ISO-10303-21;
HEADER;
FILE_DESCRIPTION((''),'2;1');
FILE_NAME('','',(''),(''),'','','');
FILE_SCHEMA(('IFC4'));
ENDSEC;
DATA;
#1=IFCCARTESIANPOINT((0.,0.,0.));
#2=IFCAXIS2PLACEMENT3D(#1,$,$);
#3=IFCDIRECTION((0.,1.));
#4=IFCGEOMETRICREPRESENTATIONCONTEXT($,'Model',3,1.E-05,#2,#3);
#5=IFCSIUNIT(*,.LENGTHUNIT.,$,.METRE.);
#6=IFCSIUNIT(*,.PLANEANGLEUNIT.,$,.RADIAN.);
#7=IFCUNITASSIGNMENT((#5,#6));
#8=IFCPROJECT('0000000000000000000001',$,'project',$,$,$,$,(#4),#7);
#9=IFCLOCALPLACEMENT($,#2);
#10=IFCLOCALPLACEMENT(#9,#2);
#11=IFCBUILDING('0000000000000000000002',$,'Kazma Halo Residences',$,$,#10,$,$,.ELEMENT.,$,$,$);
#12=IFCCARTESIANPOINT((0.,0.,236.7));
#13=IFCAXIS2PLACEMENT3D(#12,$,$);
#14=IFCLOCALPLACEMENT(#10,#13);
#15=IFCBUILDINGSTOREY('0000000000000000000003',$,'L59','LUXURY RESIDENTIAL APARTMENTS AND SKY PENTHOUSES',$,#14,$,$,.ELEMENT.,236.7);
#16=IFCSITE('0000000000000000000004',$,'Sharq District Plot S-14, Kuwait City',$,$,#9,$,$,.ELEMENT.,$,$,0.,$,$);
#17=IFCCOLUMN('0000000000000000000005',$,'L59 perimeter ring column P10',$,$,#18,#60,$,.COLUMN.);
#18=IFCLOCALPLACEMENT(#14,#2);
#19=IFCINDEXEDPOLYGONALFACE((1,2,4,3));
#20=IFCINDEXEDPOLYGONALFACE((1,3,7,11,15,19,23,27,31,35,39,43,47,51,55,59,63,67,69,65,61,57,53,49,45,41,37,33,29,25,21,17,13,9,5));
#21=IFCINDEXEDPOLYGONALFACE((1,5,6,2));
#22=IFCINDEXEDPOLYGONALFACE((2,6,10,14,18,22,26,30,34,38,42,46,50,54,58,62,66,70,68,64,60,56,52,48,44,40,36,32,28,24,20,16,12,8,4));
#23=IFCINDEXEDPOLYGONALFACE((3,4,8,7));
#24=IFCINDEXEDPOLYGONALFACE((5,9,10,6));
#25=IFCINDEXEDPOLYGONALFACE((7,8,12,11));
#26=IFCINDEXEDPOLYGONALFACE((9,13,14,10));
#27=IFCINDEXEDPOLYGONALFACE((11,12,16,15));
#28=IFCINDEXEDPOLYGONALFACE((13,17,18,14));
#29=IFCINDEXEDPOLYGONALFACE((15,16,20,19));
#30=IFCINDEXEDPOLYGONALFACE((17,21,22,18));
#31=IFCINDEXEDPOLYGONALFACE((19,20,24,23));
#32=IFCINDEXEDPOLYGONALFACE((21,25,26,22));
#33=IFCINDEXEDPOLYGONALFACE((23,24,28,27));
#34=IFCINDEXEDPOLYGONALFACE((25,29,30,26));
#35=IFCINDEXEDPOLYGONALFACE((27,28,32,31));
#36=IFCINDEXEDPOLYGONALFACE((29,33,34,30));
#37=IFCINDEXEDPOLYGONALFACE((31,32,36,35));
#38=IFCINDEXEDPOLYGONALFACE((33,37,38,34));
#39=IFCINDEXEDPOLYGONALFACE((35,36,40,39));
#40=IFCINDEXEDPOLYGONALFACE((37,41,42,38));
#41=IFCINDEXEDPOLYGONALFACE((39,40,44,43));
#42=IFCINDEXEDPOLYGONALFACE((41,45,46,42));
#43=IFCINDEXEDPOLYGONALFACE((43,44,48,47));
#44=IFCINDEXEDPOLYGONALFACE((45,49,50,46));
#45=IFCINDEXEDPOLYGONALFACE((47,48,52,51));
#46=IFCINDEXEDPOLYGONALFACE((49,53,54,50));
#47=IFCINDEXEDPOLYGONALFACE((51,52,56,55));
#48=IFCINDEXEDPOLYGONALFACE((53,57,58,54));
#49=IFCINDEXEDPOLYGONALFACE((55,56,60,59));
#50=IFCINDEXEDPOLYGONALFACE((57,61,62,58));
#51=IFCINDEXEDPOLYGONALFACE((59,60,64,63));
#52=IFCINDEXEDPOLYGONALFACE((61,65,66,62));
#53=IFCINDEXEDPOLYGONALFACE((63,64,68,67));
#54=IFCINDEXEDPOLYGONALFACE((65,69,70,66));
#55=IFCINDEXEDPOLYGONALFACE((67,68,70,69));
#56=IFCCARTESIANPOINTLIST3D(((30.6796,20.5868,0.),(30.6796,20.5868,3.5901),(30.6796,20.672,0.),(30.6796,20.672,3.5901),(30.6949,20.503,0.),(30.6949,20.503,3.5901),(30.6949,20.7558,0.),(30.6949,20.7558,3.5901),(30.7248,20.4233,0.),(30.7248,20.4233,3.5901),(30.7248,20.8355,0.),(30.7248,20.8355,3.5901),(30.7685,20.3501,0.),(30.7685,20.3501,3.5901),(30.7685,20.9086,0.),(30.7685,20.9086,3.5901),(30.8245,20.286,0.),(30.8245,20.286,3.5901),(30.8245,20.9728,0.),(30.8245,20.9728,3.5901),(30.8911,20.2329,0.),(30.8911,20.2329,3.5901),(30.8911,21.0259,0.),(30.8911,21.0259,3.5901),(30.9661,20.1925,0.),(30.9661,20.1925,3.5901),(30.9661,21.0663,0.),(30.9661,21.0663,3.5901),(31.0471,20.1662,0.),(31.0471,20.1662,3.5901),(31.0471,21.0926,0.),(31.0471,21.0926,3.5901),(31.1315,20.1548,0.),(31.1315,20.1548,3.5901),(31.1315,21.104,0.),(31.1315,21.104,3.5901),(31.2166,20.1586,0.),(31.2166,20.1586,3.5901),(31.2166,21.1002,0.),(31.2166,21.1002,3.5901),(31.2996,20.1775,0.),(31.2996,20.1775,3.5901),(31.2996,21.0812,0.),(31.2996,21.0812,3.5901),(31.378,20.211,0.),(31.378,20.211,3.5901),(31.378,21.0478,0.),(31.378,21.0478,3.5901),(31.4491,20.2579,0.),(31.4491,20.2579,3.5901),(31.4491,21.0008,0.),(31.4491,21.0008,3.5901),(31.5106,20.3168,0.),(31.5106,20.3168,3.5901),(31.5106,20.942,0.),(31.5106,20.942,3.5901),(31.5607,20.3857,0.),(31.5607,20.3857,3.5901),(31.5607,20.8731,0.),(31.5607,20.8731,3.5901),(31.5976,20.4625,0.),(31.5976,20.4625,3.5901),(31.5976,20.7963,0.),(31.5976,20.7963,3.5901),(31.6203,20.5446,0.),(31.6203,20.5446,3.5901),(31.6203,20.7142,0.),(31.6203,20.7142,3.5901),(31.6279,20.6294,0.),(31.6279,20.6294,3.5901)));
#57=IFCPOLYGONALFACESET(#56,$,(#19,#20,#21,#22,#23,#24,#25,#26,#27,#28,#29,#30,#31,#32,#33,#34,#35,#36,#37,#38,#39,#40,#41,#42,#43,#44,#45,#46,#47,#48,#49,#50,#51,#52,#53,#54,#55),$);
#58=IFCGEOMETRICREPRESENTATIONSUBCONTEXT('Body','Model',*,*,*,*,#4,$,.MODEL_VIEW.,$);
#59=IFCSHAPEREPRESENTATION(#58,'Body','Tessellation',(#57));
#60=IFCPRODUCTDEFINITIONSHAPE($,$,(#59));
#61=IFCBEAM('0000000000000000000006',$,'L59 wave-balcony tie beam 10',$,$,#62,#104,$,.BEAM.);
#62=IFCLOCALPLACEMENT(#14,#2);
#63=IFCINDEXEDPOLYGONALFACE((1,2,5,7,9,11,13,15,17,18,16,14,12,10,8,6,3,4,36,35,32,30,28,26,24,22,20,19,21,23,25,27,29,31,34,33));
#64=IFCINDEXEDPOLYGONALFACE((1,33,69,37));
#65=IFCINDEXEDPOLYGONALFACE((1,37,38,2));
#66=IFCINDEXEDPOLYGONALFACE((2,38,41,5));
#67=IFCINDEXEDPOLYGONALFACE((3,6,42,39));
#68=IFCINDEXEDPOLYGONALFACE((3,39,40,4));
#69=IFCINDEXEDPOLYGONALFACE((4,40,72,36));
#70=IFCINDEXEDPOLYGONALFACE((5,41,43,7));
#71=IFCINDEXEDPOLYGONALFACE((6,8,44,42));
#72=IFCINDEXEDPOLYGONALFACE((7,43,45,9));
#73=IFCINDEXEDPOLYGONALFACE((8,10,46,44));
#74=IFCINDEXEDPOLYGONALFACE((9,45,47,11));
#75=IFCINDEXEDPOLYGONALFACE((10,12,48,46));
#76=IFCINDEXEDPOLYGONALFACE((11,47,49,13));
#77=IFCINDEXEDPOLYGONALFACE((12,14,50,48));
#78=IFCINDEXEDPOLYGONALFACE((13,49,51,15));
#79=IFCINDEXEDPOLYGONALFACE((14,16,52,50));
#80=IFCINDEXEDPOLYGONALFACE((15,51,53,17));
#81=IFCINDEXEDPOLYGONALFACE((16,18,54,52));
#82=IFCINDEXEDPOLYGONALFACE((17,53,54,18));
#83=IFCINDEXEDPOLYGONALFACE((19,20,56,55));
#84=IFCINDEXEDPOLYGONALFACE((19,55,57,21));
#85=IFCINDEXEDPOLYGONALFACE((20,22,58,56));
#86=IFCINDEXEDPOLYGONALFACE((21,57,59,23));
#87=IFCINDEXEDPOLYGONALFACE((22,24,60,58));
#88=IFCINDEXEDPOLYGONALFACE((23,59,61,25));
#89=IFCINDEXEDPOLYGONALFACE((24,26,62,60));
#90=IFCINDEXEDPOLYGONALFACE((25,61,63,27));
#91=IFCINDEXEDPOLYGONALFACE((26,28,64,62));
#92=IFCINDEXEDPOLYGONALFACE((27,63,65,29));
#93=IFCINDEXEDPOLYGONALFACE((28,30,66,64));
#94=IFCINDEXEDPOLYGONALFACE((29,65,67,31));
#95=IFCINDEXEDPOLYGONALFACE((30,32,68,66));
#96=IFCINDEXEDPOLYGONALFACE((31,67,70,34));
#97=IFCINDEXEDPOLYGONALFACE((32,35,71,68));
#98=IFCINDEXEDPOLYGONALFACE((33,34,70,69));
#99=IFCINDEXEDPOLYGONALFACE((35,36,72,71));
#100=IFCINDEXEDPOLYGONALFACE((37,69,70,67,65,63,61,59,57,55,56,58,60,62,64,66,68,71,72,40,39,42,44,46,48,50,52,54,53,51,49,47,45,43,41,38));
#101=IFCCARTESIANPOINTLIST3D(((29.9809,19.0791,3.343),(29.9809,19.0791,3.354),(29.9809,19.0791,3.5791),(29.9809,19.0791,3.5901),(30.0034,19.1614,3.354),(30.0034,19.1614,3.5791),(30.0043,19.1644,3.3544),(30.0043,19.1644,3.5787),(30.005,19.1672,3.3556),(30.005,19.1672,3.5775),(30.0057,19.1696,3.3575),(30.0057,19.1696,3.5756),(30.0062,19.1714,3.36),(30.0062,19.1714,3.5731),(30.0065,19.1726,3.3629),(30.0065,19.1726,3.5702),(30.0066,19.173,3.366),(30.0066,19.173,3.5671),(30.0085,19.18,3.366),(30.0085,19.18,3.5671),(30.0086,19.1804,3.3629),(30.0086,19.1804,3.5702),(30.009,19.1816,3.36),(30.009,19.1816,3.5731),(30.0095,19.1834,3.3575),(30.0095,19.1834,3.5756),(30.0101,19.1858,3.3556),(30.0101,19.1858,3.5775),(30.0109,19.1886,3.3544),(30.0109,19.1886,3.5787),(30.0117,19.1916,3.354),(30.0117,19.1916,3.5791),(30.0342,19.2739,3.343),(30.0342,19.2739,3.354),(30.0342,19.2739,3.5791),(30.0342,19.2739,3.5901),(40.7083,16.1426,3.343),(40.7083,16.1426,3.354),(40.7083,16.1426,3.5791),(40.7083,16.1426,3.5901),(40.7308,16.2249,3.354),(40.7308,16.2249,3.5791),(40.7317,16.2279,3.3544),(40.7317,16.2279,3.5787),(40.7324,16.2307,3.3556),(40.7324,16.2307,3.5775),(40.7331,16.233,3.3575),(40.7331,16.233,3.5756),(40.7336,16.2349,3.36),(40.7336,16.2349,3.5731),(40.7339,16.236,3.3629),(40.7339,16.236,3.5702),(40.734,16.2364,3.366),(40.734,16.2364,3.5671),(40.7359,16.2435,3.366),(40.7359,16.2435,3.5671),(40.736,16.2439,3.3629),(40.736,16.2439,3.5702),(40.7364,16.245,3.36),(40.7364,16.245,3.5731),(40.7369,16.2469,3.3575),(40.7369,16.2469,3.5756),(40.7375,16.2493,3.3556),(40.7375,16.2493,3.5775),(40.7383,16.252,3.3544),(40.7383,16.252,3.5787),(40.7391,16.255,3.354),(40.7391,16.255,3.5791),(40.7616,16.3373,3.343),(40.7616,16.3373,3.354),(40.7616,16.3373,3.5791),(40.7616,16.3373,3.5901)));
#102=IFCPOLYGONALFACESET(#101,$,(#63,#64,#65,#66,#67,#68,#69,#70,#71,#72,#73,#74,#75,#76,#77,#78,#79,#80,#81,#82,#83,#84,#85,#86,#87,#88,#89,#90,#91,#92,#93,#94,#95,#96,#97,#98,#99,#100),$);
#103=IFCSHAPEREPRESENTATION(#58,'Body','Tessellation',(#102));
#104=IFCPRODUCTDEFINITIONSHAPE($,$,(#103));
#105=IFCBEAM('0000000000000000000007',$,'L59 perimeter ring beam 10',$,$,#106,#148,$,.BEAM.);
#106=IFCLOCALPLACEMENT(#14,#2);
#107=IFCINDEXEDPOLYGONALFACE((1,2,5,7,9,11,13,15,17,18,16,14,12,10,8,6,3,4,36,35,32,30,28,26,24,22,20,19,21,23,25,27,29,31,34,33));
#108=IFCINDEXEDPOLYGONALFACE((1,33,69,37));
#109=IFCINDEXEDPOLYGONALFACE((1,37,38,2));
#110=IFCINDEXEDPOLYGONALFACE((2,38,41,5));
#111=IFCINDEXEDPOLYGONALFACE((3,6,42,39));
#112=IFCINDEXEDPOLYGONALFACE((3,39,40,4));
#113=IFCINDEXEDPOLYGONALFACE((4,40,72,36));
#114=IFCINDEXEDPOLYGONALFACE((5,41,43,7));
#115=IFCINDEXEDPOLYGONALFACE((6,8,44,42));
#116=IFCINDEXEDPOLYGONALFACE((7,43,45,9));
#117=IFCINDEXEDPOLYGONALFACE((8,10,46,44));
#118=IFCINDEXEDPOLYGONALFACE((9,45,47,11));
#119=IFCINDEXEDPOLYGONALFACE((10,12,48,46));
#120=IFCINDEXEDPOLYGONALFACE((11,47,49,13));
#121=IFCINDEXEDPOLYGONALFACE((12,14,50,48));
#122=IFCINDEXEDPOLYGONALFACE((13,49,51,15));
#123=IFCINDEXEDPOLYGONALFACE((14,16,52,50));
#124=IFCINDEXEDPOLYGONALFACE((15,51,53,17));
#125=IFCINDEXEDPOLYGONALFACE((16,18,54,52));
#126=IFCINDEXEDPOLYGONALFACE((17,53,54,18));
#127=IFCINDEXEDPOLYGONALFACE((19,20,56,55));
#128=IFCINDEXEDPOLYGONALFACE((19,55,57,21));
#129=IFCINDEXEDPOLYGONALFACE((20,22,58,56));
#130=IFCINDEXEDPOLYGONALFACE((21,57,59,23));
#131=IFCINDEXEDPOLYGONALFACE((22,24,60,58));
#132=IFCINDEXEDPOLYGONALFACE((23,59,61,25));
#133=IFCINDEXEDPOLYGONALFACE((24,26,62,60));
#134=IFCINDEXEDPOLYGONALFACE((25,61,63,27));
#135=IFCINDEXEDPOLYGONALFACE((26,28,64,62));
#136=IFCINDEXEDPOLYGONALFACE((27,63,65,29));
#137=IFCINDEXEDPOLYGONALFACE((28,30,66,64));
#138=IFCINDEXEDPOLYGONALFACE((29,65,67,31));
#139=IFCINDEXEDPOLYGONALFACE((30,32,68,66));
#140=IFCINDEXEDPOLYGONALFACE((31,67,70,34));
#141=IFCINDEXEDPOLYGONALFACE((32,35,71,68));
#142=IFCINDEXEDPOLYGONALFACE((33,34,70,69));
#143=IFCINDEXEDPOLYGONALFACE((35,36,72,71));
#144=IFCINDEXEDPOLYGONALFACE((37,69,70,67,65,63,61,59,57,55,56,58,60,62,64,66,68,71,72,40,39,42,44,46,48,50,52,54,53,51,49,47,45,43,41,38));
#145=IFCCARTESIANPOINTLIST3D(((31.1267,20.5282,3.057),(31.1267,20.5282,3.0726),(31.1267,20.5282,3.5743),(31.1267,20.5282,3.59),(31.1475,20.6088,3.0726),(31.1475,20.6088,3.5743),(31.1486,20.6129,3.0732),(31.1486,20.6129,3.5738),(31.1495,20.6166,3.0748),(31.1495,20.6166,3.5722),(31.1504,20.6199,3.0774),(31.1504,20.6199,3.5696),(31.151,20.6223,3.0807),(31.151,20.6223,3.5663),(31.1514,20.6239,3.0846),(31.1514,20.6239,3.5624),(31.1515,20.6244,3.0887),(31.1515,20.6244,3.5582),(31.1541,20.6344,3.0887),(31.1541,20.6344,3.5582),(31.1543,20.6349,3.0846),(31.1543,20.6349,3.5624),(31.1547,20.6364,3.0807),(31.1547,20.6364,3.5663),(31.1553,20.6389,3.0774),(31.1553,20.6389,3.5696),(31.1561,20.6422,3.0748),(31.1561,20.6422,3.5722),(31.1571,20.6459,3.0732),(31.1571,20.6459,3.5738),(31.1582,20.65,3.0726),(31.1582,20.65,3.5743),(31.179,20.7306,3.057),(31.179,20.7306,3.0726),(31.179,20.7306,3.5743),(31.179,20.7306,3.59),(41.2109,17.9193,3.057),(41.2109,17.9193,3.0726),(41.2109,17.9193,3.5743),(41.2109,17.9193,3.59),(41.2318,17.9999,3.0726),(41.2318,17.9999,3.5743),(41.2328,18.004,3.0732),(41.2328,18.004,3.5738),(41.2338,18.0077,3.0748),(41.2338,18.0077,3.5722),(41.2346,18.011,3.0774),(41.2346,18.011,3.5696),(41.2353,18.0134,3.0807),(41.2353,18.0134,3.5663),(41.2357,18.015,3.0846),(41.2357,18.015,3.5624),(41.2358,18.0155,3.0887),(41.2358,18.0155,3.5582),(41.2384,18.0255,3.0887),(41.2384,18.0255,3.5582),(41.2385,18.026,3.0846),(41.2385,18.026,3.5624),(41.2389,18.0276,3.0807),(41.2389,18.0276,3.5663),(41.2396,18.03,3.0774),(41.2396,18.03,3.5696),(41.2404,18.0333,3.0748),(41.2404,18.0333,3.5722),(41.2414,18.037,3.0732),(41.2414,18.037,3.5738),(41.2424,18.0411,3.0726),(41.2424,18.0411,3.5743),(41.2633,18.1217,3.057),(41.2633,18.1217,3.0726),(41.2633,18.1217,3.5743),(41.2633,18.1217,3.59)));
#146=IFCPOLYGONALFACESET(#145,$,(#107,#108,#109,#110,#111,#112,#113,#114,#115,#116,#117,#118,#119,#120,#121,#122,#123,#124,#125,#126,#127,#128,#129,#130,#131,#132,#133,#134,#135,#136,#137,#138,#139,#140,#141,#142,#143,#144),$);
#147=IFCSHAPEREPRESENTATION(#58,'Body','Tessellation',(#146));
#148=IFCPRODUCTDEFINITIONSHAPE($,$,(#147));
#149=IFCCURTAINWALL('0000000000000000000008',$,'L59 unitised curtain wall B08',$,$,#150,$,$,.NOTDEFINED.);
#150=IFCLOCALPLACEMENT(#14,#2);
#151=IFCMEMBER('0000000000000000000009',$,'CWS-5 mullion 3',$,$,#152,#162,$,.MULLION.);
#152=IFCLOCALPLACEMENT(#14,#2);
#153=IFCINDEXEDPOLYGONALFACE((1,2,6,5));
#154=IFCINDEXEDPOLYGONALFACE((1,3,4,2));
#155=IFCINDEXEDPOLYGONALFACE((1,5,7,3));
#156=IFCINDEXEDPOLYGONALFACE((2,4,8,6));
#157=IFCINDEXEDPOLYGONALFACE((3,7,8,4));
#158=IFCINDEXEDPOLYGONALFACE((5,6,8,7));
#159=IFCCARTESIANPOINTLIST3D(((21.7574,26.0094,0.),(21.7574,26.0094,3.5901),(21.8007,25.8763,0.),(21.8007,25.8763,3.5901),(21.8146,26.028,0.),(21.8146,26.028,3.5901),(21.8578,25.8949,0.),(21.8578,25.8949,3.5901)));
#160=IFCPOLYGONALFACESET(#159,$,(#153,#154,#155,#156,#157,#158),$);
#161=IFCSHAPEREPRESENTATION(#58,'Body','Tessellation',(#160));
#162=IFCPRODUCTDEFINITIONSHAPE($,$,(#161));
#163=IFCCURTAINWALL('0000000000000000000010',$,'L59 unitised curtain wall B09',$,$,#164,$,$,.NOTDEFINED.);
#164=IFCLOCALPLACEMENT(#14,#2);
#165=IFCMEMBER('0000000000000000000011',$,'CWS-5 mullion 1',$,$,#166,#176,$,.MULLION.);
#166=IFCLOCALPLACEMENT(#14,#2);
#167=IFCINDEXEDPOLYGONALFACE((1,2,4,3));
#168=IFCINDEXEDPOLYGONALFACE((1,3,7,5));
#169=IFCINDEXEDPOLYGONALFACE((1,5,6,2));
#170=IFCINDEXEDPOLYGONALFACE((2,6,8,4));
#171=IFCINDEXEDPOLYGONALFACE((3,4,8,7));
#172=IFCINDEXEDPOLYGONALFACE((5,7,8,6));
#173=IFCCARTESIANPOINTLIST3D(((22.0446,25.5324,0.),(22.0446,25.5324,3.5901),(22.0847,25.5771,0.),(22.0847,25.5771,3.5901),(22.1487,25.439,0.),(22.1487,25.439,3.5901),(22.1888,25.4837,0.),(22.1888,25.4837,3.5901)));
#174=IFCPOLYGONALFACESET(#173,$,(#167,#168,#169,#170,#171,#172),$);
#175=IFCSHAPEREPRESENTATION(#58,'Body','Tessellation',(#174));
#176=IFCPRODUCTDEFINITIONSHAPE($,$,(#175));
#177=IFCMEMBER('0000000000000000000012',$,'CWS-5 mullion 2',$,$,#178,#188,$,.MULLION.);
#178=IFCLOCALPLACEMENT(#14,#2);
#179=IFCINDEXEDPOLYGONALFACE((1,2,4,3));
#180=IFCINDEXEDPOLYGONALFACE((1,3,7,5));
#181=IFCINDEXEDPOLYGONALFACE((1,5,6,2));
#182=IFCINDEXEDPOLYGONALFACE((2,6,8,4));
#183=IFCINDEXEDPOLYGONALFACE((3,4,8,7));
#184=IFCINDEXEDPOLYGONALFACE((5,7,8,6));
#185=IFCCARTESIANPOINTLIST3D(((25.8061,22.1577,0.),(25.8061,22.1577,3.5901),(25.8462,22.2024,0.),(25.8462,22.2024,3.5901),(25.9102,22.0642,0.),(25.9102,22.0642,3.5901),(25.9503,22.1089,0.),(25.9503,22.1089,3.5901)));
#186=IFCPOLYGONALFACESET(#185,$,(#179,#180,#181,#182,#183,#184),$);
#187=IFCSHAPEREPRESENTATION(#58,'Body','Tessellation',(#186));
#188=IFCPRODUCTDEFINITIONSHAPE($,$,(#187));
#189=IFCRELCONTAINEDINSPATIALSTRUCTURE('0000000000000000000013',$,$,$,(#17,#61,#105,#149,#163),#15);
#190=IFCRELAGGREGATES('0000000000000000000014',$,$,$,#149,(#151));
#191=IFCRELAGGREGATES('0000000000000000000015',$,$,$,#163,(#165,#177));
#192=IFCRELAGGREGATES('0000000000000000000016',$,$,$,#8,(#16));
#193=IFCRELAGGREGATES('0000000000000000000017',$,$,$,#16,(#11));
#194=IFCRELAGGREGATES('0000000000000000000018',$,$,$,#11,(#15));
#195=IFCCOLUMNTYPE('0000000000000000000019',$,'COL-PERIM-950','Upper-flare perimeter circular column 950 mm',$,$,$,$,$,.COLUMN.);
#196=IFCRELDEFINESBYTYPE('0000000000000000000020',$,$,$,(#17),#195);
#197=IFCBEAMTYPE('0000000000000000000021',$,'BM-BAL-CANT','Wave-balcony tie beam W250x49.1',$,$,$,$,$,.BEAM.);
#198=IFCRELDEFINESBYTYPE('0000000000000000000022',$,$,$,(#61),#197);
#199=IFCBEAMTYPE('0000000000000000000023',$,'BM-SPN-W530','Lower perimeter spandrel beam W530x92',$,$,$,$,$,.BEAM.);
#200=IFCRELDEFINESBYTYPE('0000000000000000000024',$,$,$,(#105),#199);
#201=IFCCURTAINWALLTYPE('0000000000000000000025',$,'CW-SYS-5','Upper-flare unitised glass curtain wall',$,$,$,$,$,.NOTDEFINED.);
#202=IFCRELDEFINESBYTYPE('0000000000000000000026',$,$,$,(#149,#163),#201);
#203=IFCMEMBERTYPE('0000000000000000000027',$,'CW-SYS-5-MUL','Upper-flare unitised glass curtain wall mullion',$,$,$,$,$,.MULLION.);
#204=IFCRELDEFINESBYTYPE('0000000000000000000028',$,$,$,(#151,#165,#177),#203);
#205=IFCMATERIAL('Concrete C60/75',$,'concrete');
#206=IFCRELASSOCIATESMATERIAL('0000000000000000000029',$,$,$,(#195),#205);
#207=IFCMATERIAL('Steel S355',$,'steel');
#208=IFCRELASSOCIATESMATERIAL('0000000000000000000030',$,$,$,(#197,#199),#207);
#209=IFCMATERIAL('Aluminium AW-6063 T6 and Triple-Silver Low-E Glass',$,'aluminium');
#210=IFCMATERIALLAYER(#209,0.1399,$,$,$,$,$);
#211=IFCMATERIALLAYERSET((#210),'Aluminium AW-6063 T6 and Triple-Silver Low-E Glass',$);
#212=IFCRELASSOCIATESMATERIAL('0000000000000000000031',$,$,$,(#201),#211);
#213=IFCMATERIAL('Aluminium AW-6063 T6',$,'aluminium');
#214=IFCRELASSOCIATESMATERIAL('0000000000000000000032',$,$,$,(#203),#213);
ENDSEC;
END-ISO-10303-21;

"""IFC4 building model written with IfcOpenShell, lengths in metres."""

from ifc_helpers import new_model, si_unit, direction, frame, origin, origin_2d, place, context, subcontext, project, spatial, rectangle, circle, i_section, extrude, material, layer, layer_set, material_profile, profile_set, type_object, element, aggregate, save


model = new_model("IFC4")

# Units and contexts
model_context = context("Model", 3, precision=1e-05, world=origin(), true_north=direction((0.0, 1.0)))
body_context = subcontext(model_context, "Body", "Model", "MODEL_VIEW")
ifc_project = project(units=[si_unit("LENGTHUNIT", "METRE"), si_unit("PLANEANGLEUNIT", "RADIAN")], contexts=[model_context])

# Site, building, storey
site_placement = place(None, origin())
site = spatial("IfcSite", under=ifc_project, at=site_placement, Name="Sharq District Plot S-14, Kuwait City", CompositionType="ELEMENT", RefElevation=0.0)
building_placement = place(site_placement, origin())
building = spatial("IfcBuilding", under=site, at=building_placement, Name="Kazma Halo Residences", CompositionType="ELEMENT")
storey_placement = place(building_placement, frame((0.0, 0.0, 236.7)))
storey = spatial("IfcBuildingStorey", under=building, at=storey_placement, Name="L59", Description="LUXURY RESIDENTIAL APARTMENTS AND SKY PENTHOUSES", CompositionType="ELEMENT", Elevation=236.7)

# Column
ifc_material_1 = material(Name="Concrete C60/75", Category="concrete")
ifc_material_profile_1 = material_profile(ifc_material_1, circle(Radius=0.4751, at=origin_2d()), Name="CIRC950")
ifc_profile_set_1 = profile_set([ifc_material_profile_1], Name="Concrete C60/75")
column_type = type_object("IfcColumnType", Name="COL-PERIM-950", Description="Upper-flare perimeter circular column 950 mm", PredefinedType="COLUMN", material=ifc_profile_set_1)
column_placement = place(storey_placement, frame((31.1528, 20.6294, 0.0), z_axis=(0.0, 0.0, 1.0), x_axis=(1.0, 0.0, 0.0)))
element("IfcColumn", 1, at=column_placement, inside=storey, type_object=column_type, Name="L59 perimeter ring column P10", PredefinedType="COLUMN", context=body_context, shape_type="SweptSolid", body=[
    extrude(circle(Radius=0.4751, at=origin_2d()), origin(), (0.0, 0.0, 1.0), 3.5901),
])

# Beams
ifc_material_2 = material(Name="Steel S355", Category="steel")
ifc_material_profile_2 = material_profile(ifc_material_2, i_section(OverallWidth=0.2019, OverallDepth=0.2471, WebThickness=0.0073, FlangeThickness=0.011, FilletRadius=0.012, at=origin_2d()), Name="W250x49.1")
ifc_profile_set_2 = profile_set([ifc_material_profile_2], Name="Steel S355")
beam_type_1 = type_object("IfcBeamType", Name="BM-BAL-CANT", Description="Wave-balcony tie beam W250x49.1", PredefinedType="BEAM", material=ifc_profile_set_2)
beam_1_placement = place(storey_placement, frame((30.0076, 19.1765, 3.4666), z_axis=(0.964515, -0.264029, 0.0), x_axis=(0.264029, 0.964515, 0.0)))
element("IfcBeam", 2, at=beam_1_placement, inside=storey, type_object=beam_type_1, Name="L59 wave-balcony tie beam 10", PredefinedType="BEAM", context=body_context, shape_type="SweptSolid", body=[
    extrude(i_section(OverallWidth=0.2019, OverallDepth=0.2471, WebThickness=0.0073, FlangeThickness=0.011, FilletRadius=0.012, at=origin_2d()), origin(), (0.0, 0.0, 1.0), 11.1221),
])
ifc_material_profile_3 = material_profile(ifc_material_2, i_section(OverallWidth=0.209, OverallDepth=0.533, WebThickness=0.0103, FlangeThickness=0.0156, FilletRadius=0.0161, at=origin_2d()), Name="W530x92")
ifc_profile_set_3 = profile_set([ifc_material_profile_3], Name="Steel S355")
beam_type_2 = type_object("IfcBeamType", Name="BM-SPN-W530", Description="Lower perimeter spandrel beam W530x92", PredefinedType="BEAM", material=ifc_profile_set_3)
beam_2_placement = place(storey_placement, frame((31.1528, 20.6294, 3.3235), z_axis=(0.968126, -0.250464, 0.0), x_axis=(0.250464, 0.968126, 0.0)))
element("IfcBeam", 3, at=beam_2_placement, inside=storey, type_object=beam_type_2, Name="L59 perimeter ring beam 10", PredefinedType="BEAM", context=body_context, shape_type="SweptSolid", body=[
    extrude(i_section(OverallWidth=0.209, OverallDepth=0.533, WebThickness=0.0103, FlangeThickness=0.0156, FilletRadius=0.0161, at=origin_2d()), origin(), (0.0, 0.0, 1.0), 10.4163),
])

# Curtain wall, member
ifc_material_3 = material(Name="Aluminium AW-6063 T6 and Triple-Silver Low-E Glass", Category="aluminium")
ifc_layer_1 = layer(ifc_material_3, 0.1399)
ifc_layer_set_1 = layer_set([ifc_layer_1], Name="Aluminium AW-6063 T6 and Triple-Silver Low-E Glass")
curtain_wall_type = type_object("IfcCurtainWallType", Name="CW-SYS-5", Description="Upper-flare unitised glass curtain wall", PredefinedType="NOTDEFINED", material=ifc_layer_set_1)
curtain_wall_1_placement = place(storey_placement, origin())
curtain_wall_1 = element("IfcCurtainWall", 4, at=curtain_wall_1_placement, inside=storey, type_object=curtain_wall_type, Name="L59 unitised curtain wall B08", PredefinedType="NOTDEFINED")
ifc_material_4 = material(Name="Aluminium AW-6063 T6", Category="aluminium")
ifc_material_profile_4 = material_profile(ifc_material_4, rectangle(XDim=0.0601, YDim=0.1399, at=origin_2d()), Name="CWM-60x140")
ifc_profile_set_4 = profile_set([ifc_material_profile_4], Name="Aluminium AW-6063 T6")
member_type_1 = type_object("IfcMemberType", Name="CW-SYS-5-MUL", Description="Upper-flare unitised glass curtain wall mullion", PredefinedType="MULLION", material=ifc_profile_set_4)
member_1_placement = place(storey_placement, frame((21.8076, 25.9521, 0.0), z_axis=(0.0, 0.0, 1.0), x_axis=(0.951058, 0.309011, 0.0)))
member_1 = element("IfcMember", 5, at=member_1_placement, type_object=member_type_1, Name="CWS-5 mullion 3", PredefinedType="MULLION", context=body_context, shape_type="SweptSolid", body=[
    extrude(rectangle(XDim=0.0601, YDim=0.1399, at=origin_2d()), origin(), (0.0, 0.0, 1.0), 3.5901),
])
aggregate(curtain_wall_1, [member_1])

# Curtain wall, members
curtain_wall_2_placement = place(storey_placement, origin())
curtain_wall_2 = element("IfcCurtainWall", 6, at=curtain_wall_2_placement, inside=storey, type_object=curtain_wall_type, Name="L59 unitised curtain wall B09", PredefinedType="NOTDEFINED")
member_2_placement = place(storey_placement, frame((22.1167, 25.5081, 0.0), z_axis=(0.0, 0.0, 1.0), x_axis=(0.667805, 0.744336, 0.0)))
member_2 = element("IfcMember", 7, at=member_2_placement, type_object=member_type_1, Name="CWS-5 mullion 1", PredefinedType="MULLION", context=body_context, shape_type="SweptSolid", body=[
    extrude(rectangle(XDim=0.0601, YDim=0.1399, at=origin_2d()), origin(), (0.0, 0.0, 1.0), 3.5901),
])
member_3_placement = place(storey_placement, frame((25.8782, 22.1333, 0.0), z_axis=(0.0, 0.0, 1.0), x_axis=(0.667805, 0.744336, 0.0)))
member_3 = element("IfcMember", 8, at=member_3_placement, type_object=member_type_1, Name="CWS-5 mullion 2", PredefinedType="MULLION", context=body_context, shape_type="SweptSolid", body=[
    extrude(rectangle(XDim=0.0601, YDim=0.1399, at=origin_2d()), origin(), (0.0, 0.0, 1.0), 3.5901),
])
aggregate(curtain_wall_2, [member_2, member_3])

save(model, "model.ifc")
